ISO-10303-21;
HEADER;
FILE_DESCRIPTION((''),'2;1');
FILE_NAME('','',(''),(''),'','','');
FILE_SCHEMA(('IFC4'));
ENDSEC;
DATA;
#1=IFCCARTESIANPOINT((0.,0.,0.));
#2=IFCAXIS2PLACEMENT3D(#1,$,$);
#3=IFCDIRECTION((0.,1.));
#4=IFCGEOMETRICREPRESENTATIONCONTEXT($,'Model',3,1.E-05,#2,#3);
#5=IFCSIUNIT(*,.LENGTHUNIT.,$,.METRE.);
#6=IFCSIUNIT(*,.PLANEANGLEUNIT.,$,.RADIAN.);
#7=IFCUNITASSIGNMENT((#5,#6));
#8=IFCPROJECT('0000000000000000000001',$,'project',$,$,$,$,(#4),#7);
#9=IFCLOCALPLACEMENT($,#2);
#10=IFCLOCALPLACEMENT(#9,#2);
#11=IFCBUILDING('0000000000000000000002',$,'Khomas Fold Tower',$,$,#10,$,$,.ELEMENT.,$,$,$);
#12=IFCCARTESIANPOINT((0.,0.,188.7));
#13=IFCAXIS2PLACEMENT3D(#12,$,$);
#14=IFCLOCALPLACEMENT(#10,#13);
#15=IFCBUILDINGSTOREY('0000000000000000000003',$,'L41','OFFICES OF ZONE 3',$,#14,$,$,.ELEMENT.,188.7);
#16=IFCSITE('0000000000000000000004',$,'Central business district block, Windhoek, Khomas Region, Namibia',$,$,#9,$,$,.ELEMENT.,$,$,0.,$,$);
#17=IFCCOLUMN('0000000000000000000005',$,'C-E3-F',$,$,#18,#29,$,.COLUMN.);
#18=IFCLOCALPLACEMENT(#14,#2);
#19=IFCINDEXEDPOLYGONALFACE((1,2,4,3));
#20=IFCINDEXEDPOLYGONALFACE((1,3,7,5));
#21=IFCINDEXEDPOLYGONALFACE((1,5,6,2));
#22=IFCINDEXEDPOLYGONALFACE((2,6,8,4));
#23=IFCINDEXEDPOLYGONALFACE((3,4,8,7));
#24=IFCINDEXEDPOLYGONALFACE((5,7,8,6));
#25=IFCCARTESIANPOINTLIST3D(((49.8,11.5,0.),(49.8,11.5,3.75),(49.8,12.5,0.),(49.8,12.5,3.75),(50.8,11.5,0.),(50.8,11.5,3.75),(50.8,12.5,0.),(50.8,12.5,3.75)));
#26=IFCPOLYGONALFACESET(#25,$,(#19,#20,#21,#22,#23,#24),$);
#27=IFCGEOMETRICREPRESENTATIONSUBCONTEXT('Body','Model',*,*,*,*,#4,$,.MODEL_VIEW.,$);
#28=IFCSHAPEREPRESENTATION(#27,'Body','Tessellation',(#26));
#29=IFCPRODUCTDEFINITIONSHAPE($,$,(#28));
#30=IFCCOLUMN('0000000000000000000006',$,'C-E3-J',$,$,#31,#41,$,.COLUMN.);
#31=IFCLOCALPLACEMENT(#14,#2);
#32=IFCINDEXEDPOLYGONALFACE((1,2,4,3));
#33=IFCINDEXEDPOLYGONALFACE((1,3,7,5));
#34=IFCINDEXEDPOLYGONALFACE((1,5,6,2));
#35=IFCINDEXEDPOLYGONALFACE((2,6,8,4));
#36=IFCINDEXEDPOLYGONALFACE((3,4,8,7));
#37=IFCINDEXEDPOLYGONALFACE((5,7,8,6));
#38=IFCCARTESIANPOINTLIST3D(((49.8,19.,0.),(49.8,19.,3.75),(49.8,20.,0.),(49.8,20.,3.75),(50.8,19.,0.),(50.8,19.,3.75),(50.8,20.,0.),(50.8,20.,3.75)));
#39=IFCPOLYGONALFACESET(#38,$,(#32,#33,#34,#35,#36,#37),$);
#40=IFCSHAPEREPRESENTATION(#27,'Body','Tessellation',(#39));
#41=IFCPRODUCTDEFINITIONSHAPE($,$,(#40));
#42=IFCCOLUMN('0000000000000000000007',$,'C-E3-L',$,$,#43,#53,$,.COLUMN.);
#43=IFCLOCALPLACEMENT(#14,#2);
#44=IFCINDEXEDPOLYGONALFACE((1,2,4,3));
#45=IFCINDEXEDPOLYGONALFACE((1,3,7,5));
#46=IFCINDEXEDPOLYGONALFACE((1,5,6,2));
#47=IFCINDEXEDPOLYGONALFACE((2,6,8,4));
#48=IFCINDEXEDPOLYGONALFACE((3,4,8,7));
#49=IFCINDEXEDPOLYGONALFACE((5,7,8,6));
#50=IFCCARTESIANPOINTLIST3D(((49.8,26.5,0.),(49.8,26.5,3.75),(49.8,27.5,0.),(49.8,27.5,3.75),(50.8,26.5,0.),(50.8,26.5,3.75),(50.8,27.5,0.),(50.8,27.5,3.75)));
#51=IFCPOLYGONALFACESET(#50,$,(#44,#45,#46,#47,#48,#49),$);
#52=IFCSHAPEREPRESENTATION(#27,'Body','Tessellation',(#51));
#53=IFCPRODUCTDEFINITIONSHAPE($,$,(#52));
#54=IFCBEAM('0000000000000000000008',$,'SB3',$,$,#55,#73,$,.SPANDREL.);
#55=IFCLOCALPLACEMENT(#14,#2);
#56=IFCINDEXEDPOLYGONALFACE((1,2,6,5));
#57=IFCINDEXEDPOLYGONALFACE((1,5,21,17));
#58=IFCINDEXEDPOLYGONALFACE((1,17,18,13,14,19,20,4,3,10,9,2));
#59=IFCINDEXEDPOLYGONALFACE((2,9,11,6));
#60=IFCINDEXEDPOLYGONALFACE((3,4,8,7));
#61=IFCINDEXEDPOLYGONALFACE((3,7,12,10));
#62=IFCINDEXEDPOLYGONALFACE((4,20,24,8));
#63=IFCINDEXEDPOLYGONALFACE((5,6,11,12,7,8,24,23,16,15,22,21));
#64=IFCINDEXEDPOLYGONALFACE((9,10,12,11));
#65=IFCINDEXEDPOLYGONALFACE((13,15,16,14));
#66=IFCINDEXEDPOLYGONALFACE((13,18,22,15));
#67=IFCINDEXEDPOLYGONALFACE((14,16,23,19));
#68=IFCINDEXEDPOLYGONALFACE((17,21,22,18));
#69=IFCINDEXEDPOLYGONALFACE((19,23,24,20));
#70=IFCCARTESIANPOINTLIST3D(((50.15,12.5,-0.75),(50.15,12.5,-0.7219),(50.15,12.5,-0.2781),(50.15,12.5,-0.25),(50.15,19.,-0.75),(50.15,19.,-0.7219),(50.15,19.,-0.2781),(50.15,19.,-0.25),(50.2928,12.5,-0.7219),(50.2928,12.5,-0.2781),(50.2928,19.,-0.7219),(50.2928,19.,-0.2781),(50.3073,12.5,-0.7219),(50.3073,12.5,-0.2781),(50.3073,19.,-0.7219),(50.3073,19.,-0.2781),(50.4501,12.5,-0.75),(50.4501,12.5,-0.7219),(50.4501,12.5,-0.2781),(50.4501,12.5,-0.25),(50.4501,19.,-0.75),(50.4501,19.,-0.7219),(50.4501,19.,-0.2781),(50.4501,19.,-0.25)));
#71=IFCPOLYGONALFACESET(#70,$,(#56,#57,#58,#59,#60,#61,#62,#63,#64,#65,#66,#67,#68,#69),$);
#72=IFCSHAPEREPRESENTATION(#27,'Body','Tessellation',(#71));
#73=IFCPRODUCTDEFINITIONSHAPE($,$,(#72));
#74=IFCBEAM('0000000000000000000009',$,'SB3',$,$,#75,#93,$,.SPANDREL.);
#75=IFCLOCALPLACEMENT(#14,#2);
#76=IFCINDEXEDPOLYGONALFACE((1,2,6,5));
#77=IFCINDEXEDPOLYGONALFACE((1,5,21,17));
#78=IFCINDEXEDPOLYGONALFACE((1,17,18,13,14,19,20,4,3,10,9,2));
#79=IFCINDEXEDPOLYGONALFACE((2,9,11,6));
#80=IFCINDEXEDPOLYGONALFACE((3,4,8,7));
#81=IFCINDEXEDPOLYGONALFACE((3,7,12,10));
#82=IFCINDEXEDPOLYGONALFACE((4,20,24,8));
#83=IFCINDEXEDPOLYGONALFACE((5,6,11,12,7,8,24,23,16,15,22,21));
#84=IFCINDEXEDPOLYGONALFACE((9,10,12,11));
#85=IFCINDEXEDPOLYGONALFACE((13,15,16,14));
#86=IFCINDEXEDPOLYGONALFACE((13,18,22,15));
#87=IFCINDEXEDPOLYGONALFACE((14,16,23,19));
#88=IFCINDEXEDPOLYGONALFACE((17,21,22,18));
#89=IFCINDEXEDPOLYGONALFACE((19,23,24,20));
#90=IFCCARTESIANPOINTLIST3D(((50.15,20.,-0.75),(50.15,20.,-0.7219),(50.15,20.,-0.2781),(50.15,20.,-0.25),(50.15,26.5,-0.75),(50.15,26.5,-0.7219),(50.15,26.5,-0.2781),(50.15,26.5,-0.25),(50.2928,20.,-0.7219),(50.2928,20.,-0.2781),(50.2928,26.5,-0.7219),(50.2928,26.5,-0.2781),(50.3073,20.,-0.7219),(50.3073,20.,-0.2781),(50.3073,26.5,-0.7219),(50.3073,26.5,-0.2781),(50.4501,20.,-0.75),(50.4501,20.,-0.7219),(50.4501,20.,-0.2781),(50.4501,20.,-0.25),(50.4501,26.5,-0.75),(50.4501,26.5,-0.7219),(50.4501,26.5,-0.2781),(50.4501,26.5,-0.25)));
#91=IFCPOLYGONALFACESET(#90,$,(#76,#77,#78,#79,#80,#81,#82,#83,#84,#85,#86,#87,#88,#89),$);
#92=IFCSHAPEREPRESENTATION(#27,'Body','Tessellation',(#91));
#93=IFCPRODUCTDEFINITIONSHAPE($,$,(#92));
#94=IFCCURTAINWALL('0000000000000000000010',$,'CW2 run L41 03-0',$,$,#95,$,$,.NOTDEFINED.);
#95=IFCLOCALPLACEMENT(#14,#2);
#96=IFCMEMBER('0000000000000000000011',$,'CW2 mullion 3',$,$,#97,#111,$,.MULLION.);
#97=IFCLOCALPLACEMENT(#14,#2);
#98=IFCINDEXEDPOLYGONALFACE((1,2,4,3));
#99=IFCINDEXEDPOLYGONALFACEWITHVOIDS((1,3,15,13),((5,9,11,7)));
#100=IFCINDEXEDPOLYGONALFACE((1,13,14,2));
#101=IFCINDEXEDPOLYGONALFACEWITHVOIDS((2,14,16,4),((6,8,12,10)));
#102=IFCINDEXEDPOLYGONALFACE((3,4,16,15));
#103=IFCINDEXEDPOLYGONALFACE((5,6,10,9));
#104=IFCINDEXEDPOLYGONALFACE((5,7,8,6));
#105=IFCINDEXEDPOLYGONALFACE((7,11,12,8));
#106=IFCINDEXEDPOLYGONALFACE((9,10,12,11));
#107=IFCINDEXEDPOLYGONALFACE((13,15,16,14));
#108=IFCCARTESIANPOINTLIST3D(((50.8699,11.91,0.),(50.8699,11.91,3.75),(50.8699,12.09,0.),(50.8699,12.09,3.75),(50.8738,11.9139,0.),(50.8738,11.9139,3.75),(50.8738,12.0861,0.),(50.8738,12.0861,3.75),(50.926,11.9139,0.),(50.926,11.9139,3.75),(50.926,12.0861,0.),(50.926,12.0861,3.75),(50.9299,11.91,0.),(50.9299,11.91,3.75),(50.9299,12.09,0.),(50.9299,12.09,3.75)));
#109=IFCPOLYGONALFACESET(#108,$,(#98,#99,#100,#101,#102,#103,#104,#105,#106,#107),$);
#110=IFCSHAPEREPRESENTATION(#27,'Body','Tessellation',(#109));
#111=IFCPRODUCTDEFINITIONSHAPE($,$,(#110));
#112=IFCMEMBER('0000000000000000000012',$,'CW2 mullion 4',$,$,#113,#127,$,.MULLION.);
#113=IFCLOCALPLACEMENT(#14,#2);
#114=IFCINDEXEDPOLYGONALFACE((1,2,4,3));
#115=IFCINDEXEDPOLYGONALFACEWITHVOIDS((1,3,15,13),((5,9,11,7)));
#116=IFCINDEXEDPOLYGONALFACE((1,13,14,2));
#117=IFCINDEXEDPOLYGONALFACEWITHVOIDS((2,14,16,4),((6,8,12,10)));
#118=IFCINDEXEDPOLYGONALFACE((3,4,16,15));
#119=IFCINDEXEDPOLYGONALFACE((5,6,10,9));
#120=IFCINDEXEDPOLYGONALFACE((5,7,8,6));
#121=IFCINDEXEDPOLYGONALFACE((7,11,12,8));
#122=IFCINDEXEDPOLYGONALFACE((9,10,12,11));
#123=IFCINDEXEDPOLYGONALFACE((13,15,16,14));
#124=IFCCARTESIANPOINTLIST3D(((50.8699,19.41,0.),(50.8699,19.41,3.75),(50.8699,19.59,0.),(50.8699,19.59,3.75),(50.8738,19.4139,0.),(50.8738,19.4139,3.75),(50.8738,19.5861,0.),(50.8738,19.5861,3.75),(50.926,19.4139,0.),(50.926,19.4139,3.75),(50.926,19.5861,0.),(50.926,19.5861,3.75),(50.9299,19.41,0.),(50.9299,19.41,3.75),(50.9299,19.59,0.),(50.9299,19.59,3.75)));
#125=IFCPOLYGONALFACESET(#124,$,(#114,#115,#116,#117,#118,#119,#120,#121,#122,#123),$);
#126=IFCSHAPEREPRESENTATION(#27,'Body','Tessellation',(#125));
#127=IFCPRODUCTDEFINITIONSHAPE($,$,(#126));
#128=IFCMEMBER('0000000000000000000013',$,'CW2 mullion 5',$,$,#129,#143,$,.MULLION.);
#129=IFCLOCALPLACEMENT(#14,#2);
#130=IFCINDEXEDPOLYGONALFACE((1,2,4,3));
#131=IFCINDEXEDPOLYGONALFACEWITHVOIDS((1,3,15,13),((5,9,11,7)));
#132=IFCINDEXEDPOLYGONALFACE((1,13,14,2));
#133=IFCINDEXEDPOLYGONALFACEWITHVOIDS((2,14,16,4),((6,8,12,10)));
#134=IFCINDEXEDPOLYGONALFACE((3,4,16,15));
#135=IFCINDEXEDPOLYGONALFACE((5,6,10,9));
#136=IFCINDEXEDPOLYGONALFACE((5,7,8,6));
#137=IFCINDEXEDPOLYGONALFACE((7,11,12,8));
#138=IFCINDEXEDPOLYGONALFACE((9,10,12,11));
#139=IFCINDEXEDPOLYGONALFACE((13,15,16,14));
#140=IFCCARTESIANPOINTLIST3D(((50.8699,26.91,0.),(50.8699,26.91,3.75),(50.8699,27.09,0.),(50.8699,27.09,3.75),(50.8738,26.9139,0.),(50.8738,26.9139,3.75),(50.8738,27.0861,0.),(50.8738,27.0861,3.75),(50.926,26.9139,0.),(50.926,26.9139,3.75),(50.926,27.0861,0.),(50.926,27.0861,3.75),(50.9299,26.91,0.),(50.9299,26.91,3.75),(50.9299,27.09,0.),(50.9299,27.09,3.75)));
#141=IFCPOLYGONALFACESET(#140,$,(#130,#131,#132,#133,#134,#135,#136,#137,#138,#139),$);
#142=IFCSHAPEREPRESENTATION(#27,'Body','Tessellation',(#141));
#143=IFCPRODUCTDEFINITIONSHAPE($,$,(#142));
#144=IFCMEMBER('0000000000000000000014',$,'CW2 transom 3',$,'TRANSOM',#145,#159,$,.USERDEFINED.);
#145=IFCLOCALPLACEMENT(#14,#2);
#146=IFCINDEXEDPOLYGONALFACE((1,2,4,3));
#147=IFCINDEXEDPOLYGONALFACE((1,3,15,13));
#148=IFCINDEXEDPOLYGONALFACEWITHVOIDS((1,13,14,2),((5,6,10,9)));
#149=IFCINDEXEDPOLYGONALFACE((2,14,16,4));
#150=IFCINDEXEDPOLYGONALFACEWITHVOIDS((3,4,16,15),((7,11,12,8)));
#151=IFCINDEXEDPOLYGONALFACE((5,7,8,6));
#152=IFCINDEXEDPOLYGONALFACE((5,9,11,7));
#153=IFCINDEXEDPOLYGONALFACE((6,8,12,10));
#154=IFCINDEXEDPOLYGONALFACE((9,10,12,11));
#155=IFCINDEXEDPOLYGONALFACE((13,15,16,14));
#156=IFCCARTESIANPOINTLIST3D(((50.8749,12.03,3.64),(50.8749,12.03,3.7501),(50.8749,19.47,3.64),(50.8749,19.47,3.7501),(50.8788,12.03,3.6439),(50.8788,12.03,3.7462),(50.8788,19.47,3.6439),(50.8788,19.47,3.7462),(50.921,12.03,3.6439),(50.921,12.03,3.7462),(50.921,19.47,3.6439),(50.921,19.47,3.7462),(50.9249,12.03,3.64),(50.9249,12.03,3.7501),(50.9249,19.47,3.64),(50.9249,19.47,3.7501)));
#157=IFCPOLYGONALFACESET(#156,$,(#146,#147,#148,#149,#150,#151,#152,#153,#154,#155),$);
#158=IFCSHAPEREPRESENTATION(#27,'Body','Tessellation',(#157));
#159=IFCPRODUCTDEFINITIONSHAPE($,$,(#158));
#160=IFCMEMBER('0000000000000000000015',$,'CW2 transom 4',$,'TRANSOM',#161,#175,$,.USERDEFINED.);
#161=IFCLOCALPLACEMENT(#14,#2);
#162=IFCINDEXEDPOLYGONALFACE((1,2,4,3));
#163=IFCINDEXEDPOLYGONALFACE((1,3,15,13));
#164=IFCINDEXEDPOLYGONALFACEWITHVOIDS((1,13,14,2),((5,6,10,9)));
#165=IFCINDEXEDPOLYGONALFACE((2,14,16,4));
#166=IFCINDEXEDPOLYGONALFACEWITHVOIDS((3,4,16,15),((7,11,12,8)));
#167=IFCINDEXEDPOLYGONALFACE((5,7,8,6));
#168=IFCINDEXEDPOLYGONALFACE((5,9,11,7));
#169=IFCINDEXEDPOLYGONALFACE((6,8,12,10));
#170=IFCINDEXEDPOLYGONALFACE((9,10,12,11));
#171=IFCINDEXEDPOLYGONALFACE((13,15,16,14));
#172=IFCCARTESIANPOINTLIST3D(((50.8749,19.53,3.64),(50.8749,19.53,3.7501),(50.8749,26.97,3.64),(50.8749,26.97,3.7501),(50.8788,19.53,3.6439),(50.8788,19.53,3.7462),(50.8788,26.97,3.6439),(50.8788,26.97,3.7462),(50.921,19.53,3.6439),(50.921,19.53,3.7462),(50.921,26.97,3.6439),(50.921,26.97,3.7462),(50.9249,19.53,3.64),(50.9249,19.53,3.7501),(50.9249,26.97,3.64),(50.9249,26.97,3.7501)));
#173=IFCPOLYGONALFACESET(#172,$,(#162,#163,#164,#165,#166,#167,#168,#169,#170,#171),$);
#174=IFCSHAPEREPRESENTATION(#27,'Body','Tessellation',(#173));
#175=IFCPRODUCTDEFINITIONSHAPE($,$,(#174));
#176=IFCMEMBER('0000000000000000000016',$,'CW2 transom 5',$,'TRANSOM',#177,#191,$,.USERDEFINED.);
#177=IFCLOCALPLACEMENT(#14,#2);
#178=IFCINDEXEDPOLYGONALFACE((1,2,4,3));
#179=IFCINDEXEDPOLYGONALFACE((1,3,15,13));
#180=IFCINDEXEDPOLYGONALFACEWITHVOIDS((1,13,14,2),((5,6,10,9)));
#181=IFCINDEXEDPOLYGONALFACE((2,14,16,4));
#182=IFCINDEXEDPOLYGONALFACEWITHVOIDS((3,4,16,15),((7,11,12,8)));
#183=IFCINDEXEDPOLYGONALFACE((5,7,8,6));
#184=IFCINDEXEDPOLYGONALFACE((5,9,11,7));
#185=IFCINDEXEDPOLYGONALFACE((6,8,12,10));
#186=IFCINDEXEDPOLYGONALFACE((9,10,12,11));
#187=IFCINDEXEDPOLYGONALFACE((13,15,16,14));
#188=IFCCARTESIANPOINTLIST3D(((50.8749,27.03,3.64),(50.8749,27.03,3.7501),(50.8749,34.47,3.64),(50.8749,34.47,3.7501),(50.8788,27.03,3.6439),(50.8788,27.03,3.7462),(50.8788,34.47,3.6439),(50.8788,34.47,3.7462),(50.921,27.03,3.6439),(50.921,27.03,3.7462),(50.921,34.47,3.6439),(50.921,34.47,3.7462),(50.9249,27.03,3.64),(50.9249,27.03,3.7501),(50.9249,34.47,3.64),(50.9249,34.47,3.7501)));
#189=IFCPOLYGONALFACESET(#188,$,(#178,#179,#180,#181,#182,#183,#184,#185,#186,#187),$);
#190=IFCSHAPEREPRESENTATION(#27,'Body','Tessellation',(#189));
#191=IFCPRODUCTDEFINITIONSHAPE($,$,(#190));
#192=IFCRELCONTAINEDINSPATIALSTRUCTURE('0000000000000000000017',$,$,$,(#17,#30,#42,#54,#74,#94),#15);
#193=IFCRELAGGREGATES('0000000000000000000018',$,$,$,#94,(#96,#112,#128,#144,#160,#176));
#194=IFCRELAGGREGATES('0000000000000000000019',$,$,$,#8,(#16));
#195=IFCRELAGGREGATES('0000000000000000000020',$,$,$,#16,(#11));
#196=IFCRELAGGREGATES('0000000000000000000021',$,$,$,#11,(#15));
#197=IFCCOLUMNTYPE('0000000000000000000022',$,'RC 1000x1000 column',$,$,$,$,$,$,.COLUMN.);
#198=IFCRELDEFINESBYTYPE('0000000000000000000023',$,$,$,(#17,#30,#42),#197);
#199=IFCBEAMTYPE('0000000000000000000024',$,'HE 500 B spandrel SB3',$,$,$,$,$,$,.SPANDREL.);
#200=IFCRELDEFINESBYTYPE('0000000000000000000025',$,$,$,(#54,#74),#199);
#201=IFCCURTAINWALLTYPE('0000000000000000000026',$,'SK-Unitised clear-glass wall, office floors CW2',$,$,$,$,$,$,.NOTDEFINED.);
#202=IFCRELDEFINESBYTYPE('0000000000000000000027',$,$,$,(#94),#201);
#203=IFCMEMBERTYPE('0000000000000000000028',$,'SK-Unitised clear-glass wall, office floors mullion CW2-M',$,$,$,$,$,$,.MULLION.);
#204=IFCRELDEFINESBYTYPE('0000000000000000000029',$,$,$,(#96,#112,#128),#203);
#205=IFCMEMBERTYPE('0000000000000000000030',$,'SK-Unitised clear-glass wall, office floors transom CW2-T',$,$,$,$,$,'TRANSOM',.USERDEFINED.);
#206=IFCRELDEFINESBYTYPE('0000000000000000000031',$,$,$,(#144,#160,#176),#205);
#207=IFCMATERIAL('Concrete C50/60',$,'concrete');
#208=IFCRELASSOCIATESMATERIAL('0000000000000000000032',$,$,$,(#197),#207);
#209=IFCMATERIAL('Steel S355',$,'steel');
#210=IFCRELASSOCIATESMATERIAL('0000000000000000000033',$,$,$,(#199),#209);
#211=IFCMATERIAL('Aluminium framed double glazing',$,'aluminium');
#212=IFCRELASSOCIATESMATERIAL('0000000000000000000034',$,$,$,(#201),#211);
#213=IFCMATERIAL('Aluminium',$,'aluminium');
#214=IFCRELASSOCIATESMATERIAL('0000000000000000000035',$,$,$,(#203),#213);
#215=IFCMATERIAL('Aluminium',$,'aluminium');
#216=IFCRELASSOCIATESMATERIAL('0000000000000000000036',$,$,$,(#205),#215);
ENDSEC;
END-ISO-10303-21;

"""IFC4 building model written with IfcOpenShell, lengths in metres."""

from ifc_helpers import new_model, si_unit, direction, frame, origin, origin_2d, place, context, subcontext, project, spatial, rectangle, hollow_rectangle, i_section, extrude, source, transform, mapped, material, material_profile, profile_set, type_object, element, aggregate, save


model = new_model("IFC4")

# Units and contexts
model_context = context("Model", 3, precision=1e-05, world=origin(), true_north=direction((0.0, 1.0)))
body_context = subcontext(model_context, "Body", "Model", "MODEL_VIEW")
ifc_project = project(units=[si_unit("LENGTHUNIT", "METRE"), si_unit("PLANEANGLEUNIT", "RADIAN")], contexts=[model_context])

# Site, building, storey
site_placement = place(None, origin())
site = spatial("IfcSite", under=ifc_project, at=site_placement, Name="Central business district block, Windhoek, Khomas Region, Namibia", CompositionType="ELEMENT", RefElevation=0.0)
building_placement = place(site_placement, origin())
building = spatial("IfcBuilding", under=site, at=building_placement, Name="Khomas Fold Tower", CompositionType="ELEMENT")
storey_placement = place(building_placement, frame((0.0, 0.0, 188.7)))
storey = spatial("IfcBuildingStorey", under=building, at=storey_placement, Name="L41", Description="OFFICES OF ZONE 3", CompositionType="ELEMENT", Elevation=188.7)

# Columns
ifc_material_1 = material(Name="Concrete C50/60", Category="concrete")
ifc_material_profile_1 = material_profile(ifc_material_1, rectangle(XDim=1.0, YDim=1.0, at=origin_2d()), Name="RC 1000x1000")
ifc_profile_set_1 = profile_set([ifc_material_profile_1], Name="Concrete C50/60")
column_type = type_object("IfcColumnType", Name="RC 1000x1000 column", PredefinedType="COLUMN", material=ifc_profile_set_1)
shared_shape_1 = source(origin(), body_context, "Body", "SweptSolid", [
    extrude(rectangle(XDim=1.0, YDim=1.0, at=origin_2d()), origin(), (0.0, 0.0, 1.0), 3.75),
])
for number, where, z_axis, x_axis, name in (
    (1, (50.3, 12.0, 0.0), (0.0, 0.0, 1.0), (1.0, 0.0, 0.0), "C-E3-F"),
    (2, (50.3, 19.5, 0.0), (0.0, 0.0, 1.0), (1.0, 0.0, 0.0), "C-E3-J"),
    (3, (50.3, 27.0, 0.0), (0.0, 0.0, 1.0), (1.0, 0.0, 0.0), "C-E3-L"),
):
    element("IfcColumn", number, at=place(storey_placement, frame(where, z_axis=z_axis, x_axis=x_axis)), inside=storey, type_object=column_type, Name=name, PredefinedType="COLUMN", context=body_context, shape_type="MappedRepresentation", body=[
        mapped(shared_shape_1, transform((0.0, 0.0, 0.0))),
    ])

# Beams
ifc_material_2 = material(Name="Steel S355", Category="steel")
ifc_material_profile_2 = material_profile(ifc_material_2, i_section(OverallWidth=0.3, OverallDepth=0.5, WebThickness=0.0144, FlangeThickness=0.0281, at=origin_2d()), Name="HE 500 B")
ifc_profile_set_2 = profile_set([ifc_material_profile_2], Name="Steel S355")
beam_type = type_object("IfcBeamType", Name="HE 500 B spandrel SB3", PredefinedType="SPANDREL", material=ifc_profile_set_2)
shared_shape_2 = source(origin(), body_context, "Body", "SweptSolid", [
    extrude(i_section(OverallWidth=0.3, OverallDepth=0.5, WebThickness=0.0144, FlangeThickness=0.0281, at=origin_2d()), origin(), (0.0, 0.0, 1.0), 6.5),
])
for number, where, z_axis, x_axis, name in (
    (4, (50.3, 12.5, -0.5), (0.0, 1.0, 0.0), (-1.0, 0.0, 0.0), "SB3"),
    (5, (50.3, 20.0, -0.5), (0.0, 1.0, 0.0), (-1.0, 0.0, 0.0), "SB3"),
):
    element("IfcBeam", number, at=place(storey_placement, frame(where, z_axis=z_axis, x_axis=x_axis)), inside=storey, type_object=beam_type, Name=name, PredefinedType="SPANDREL", context=body_context, shape_type="MappedRepresentation", body=[
        mapped(shared_shape_2, transform((0.0, 0.0, 0.0))),
    ])

# Curtain wall, members
ifc_material_3 = material(Name="Aluminium framed double glazing", Category="aluminium")
curtain_wall_type = type_object("IfcCurtainWallType", Name="SK-Unitised clear-glass wall, office floors CW2", PredefinedType="NOTDEFINED", material=ifc_material_3)
curtain_wall_placement = place(storey_placement, origin())
curtain_wall = element("IfcCurtainWall", 6, at=curtain_wall_placement, inside=storey, type_object=curtain_wall_type, Name="CW2 run L41 03-0", PredefinedType="NOTDEFINED")
ifc_material_4 = material(Name="Aluminium", Category="aluminium")
ifc_material_profile_3 = material_profile(ifc_material_4, hollow_rectangle(XDim=0.0601, YDim=0.1799, WallThickness=0.0039, at=origin_2d()), Name="SK-Unitised clear-glass wall, office floors mullion CW2-M")
ifc_profile_set_3 = profile_set([ifc_material_profile_3], Name="Aluminium")
member_type_1 = type_object("IfcMemberType", Name="SK-Unitised clear-glass wall, office floors mullion CW2-M", PredefinedType="MULLION", material=ifc_profile_set_3)
shared_shape_3 = source(origin(), body_context, "Body", "SweptSolid", [
    extrude(hollow_rectangle(XDim=0.0601, YDim=0.1799, WallThickness=0.0039, at=origin_2d()), origin(), (0.0, 0.0, 1.0), 3.75),
])
member_1_placement = place(storey_placement, frame((50.8999, 12.0, 0.0), z_axis=(0.0, 0.0, 1.0), x_axis=(-1.0, 0.0, 0.0)))
member_1 = element("IfcMember", 7, at=member_1_placement, type_object=member_type_1, Name="CW2 mullion 3", PredefinedType="MULLION", context=body_context, shape_type="MappedRepresentation", body=[
    mapped(shared_shape_3, transform((0.0, 0.0, 0.0))),
])
member_2_placement = place(storey_placement, frame((50.8999, 19.5, 0.0), z_axis=(0.0, 0.0, 1.0), x_axis=(-1.0, 0.0, 0.0)))
member_2 = element("IfcMember", 8, at=member_2_placement, type_object=member_type_1, Name="CW2 mullion 4", PredefinedType="MULLION", context=body_context, shape_type="MappedRepresentation", body=[
    mapped(shared_shape_3, transform((0.0, 0.0, 0.0))),
])
member_3_placement = place(storey_placement, frame((50.8999, 27.0, 0.0), z_axis=(0.0, 0.0, 1.0), x_axis=(-1.0, 0.0, 0.0)))
member_3 = element("IfcMember", 9, at=member_3_placement, type_object=member_type_1, Name="CW2 mullion 5", PredefinedType="MULLION", context=body_context, shape_type="MappedRepresentation", body=[
    mapped(shared_shape_3, transform((0.0, 0.0, 0.0))),
])
ifc_material_5 = material(Name="Aluminium", Category="aluminium")
ifc_material_profile_4 = material_profile(ifc_material_5, hollow_rectangle(XDim=0.05, YDim=0.1101, WallThickness=0.0039, at=origin_2d()), Name="SK-Unitised clear-glass wall, office floors transom CW2-T")
ifc_profile_set_4 = profile_set([ifc_material_profile_4], Name="Aluminium")
member_type_2 = type_object("IfcMemberType", Name="SK-Unitised clear-glass wall, office floors transom CW2-T", ElementType="TRANSOM", PredefinedType="USERDEFINED", material=ifc_profile_set_4)
shared_shape_4 = source(origin(), body_context, "Body", "SweptSolid", [
    extrude(hollow_rectangle(XDim=0.05, YDim=0.1101, WallThickness=0.0039, at=origin_2d()), origin(), (0.0, 0.0, 1.0), 7.4399),
])
member_4_placement = place(storey_placement, frame((50.8999, 12.03, 3.6951), z_axis=(0.0, 1.0, 0.0), x_axis=(-1.0, 0.0, 0.0)))
member_4 = element("IfcMember", 10, at=member_4_placement, type_object=member_type_2, Name="CW2 transom 3", ObjectType="TRANSOM", PredefinedType="USERDEFINED", context=body_context, shape_type="MappedRepresentation", body=[
    mapped(shared_shape_4, transform((0.0, 0.0, 0.0))),
])
member_5_placement = place(storey_placement, frame((50.8999, 19.53, 3.6951), z_axis=(0.0, 1.0, 0.0), x_axis=(-1.0, 0.0, 0.0)))
member_5 = element("IfcMember", 11, at=member_5_placement, type_object=member_type_2, Name="CW2 transom 4", ObjectType="TRANSOM", PredefinedType="USERDEFINED", context=body_context, shape_type="MappedRepresentation", body=[
    mapped(shared_shape_4, transform((0.0, 0.0, 0.0))),
])
member_6_placement = place(storey_placement, frame((50.8999, 27.03, 3.6951), z_axis=(0.0, 1.0, 0.0), x_axis=(-1.0, 0.0, 0.0)))
member_6 = element("IfcMember", 12, at=member_6_placement, type_object=member_type_2, Name="CW2 transom 5", ObjectType="TRANSOM", PredefinedType="USERDEFINED", context=body_context, shape_type="MappedRepresentation", body=[
    mapped(shared_shape_4, transform((0.0, 0.0, 0.0))),
])

aggregate(curtain_wall, [member_1, member_2, member_3, member_4, member_5, member_6])

save(model, "model.ifc")
